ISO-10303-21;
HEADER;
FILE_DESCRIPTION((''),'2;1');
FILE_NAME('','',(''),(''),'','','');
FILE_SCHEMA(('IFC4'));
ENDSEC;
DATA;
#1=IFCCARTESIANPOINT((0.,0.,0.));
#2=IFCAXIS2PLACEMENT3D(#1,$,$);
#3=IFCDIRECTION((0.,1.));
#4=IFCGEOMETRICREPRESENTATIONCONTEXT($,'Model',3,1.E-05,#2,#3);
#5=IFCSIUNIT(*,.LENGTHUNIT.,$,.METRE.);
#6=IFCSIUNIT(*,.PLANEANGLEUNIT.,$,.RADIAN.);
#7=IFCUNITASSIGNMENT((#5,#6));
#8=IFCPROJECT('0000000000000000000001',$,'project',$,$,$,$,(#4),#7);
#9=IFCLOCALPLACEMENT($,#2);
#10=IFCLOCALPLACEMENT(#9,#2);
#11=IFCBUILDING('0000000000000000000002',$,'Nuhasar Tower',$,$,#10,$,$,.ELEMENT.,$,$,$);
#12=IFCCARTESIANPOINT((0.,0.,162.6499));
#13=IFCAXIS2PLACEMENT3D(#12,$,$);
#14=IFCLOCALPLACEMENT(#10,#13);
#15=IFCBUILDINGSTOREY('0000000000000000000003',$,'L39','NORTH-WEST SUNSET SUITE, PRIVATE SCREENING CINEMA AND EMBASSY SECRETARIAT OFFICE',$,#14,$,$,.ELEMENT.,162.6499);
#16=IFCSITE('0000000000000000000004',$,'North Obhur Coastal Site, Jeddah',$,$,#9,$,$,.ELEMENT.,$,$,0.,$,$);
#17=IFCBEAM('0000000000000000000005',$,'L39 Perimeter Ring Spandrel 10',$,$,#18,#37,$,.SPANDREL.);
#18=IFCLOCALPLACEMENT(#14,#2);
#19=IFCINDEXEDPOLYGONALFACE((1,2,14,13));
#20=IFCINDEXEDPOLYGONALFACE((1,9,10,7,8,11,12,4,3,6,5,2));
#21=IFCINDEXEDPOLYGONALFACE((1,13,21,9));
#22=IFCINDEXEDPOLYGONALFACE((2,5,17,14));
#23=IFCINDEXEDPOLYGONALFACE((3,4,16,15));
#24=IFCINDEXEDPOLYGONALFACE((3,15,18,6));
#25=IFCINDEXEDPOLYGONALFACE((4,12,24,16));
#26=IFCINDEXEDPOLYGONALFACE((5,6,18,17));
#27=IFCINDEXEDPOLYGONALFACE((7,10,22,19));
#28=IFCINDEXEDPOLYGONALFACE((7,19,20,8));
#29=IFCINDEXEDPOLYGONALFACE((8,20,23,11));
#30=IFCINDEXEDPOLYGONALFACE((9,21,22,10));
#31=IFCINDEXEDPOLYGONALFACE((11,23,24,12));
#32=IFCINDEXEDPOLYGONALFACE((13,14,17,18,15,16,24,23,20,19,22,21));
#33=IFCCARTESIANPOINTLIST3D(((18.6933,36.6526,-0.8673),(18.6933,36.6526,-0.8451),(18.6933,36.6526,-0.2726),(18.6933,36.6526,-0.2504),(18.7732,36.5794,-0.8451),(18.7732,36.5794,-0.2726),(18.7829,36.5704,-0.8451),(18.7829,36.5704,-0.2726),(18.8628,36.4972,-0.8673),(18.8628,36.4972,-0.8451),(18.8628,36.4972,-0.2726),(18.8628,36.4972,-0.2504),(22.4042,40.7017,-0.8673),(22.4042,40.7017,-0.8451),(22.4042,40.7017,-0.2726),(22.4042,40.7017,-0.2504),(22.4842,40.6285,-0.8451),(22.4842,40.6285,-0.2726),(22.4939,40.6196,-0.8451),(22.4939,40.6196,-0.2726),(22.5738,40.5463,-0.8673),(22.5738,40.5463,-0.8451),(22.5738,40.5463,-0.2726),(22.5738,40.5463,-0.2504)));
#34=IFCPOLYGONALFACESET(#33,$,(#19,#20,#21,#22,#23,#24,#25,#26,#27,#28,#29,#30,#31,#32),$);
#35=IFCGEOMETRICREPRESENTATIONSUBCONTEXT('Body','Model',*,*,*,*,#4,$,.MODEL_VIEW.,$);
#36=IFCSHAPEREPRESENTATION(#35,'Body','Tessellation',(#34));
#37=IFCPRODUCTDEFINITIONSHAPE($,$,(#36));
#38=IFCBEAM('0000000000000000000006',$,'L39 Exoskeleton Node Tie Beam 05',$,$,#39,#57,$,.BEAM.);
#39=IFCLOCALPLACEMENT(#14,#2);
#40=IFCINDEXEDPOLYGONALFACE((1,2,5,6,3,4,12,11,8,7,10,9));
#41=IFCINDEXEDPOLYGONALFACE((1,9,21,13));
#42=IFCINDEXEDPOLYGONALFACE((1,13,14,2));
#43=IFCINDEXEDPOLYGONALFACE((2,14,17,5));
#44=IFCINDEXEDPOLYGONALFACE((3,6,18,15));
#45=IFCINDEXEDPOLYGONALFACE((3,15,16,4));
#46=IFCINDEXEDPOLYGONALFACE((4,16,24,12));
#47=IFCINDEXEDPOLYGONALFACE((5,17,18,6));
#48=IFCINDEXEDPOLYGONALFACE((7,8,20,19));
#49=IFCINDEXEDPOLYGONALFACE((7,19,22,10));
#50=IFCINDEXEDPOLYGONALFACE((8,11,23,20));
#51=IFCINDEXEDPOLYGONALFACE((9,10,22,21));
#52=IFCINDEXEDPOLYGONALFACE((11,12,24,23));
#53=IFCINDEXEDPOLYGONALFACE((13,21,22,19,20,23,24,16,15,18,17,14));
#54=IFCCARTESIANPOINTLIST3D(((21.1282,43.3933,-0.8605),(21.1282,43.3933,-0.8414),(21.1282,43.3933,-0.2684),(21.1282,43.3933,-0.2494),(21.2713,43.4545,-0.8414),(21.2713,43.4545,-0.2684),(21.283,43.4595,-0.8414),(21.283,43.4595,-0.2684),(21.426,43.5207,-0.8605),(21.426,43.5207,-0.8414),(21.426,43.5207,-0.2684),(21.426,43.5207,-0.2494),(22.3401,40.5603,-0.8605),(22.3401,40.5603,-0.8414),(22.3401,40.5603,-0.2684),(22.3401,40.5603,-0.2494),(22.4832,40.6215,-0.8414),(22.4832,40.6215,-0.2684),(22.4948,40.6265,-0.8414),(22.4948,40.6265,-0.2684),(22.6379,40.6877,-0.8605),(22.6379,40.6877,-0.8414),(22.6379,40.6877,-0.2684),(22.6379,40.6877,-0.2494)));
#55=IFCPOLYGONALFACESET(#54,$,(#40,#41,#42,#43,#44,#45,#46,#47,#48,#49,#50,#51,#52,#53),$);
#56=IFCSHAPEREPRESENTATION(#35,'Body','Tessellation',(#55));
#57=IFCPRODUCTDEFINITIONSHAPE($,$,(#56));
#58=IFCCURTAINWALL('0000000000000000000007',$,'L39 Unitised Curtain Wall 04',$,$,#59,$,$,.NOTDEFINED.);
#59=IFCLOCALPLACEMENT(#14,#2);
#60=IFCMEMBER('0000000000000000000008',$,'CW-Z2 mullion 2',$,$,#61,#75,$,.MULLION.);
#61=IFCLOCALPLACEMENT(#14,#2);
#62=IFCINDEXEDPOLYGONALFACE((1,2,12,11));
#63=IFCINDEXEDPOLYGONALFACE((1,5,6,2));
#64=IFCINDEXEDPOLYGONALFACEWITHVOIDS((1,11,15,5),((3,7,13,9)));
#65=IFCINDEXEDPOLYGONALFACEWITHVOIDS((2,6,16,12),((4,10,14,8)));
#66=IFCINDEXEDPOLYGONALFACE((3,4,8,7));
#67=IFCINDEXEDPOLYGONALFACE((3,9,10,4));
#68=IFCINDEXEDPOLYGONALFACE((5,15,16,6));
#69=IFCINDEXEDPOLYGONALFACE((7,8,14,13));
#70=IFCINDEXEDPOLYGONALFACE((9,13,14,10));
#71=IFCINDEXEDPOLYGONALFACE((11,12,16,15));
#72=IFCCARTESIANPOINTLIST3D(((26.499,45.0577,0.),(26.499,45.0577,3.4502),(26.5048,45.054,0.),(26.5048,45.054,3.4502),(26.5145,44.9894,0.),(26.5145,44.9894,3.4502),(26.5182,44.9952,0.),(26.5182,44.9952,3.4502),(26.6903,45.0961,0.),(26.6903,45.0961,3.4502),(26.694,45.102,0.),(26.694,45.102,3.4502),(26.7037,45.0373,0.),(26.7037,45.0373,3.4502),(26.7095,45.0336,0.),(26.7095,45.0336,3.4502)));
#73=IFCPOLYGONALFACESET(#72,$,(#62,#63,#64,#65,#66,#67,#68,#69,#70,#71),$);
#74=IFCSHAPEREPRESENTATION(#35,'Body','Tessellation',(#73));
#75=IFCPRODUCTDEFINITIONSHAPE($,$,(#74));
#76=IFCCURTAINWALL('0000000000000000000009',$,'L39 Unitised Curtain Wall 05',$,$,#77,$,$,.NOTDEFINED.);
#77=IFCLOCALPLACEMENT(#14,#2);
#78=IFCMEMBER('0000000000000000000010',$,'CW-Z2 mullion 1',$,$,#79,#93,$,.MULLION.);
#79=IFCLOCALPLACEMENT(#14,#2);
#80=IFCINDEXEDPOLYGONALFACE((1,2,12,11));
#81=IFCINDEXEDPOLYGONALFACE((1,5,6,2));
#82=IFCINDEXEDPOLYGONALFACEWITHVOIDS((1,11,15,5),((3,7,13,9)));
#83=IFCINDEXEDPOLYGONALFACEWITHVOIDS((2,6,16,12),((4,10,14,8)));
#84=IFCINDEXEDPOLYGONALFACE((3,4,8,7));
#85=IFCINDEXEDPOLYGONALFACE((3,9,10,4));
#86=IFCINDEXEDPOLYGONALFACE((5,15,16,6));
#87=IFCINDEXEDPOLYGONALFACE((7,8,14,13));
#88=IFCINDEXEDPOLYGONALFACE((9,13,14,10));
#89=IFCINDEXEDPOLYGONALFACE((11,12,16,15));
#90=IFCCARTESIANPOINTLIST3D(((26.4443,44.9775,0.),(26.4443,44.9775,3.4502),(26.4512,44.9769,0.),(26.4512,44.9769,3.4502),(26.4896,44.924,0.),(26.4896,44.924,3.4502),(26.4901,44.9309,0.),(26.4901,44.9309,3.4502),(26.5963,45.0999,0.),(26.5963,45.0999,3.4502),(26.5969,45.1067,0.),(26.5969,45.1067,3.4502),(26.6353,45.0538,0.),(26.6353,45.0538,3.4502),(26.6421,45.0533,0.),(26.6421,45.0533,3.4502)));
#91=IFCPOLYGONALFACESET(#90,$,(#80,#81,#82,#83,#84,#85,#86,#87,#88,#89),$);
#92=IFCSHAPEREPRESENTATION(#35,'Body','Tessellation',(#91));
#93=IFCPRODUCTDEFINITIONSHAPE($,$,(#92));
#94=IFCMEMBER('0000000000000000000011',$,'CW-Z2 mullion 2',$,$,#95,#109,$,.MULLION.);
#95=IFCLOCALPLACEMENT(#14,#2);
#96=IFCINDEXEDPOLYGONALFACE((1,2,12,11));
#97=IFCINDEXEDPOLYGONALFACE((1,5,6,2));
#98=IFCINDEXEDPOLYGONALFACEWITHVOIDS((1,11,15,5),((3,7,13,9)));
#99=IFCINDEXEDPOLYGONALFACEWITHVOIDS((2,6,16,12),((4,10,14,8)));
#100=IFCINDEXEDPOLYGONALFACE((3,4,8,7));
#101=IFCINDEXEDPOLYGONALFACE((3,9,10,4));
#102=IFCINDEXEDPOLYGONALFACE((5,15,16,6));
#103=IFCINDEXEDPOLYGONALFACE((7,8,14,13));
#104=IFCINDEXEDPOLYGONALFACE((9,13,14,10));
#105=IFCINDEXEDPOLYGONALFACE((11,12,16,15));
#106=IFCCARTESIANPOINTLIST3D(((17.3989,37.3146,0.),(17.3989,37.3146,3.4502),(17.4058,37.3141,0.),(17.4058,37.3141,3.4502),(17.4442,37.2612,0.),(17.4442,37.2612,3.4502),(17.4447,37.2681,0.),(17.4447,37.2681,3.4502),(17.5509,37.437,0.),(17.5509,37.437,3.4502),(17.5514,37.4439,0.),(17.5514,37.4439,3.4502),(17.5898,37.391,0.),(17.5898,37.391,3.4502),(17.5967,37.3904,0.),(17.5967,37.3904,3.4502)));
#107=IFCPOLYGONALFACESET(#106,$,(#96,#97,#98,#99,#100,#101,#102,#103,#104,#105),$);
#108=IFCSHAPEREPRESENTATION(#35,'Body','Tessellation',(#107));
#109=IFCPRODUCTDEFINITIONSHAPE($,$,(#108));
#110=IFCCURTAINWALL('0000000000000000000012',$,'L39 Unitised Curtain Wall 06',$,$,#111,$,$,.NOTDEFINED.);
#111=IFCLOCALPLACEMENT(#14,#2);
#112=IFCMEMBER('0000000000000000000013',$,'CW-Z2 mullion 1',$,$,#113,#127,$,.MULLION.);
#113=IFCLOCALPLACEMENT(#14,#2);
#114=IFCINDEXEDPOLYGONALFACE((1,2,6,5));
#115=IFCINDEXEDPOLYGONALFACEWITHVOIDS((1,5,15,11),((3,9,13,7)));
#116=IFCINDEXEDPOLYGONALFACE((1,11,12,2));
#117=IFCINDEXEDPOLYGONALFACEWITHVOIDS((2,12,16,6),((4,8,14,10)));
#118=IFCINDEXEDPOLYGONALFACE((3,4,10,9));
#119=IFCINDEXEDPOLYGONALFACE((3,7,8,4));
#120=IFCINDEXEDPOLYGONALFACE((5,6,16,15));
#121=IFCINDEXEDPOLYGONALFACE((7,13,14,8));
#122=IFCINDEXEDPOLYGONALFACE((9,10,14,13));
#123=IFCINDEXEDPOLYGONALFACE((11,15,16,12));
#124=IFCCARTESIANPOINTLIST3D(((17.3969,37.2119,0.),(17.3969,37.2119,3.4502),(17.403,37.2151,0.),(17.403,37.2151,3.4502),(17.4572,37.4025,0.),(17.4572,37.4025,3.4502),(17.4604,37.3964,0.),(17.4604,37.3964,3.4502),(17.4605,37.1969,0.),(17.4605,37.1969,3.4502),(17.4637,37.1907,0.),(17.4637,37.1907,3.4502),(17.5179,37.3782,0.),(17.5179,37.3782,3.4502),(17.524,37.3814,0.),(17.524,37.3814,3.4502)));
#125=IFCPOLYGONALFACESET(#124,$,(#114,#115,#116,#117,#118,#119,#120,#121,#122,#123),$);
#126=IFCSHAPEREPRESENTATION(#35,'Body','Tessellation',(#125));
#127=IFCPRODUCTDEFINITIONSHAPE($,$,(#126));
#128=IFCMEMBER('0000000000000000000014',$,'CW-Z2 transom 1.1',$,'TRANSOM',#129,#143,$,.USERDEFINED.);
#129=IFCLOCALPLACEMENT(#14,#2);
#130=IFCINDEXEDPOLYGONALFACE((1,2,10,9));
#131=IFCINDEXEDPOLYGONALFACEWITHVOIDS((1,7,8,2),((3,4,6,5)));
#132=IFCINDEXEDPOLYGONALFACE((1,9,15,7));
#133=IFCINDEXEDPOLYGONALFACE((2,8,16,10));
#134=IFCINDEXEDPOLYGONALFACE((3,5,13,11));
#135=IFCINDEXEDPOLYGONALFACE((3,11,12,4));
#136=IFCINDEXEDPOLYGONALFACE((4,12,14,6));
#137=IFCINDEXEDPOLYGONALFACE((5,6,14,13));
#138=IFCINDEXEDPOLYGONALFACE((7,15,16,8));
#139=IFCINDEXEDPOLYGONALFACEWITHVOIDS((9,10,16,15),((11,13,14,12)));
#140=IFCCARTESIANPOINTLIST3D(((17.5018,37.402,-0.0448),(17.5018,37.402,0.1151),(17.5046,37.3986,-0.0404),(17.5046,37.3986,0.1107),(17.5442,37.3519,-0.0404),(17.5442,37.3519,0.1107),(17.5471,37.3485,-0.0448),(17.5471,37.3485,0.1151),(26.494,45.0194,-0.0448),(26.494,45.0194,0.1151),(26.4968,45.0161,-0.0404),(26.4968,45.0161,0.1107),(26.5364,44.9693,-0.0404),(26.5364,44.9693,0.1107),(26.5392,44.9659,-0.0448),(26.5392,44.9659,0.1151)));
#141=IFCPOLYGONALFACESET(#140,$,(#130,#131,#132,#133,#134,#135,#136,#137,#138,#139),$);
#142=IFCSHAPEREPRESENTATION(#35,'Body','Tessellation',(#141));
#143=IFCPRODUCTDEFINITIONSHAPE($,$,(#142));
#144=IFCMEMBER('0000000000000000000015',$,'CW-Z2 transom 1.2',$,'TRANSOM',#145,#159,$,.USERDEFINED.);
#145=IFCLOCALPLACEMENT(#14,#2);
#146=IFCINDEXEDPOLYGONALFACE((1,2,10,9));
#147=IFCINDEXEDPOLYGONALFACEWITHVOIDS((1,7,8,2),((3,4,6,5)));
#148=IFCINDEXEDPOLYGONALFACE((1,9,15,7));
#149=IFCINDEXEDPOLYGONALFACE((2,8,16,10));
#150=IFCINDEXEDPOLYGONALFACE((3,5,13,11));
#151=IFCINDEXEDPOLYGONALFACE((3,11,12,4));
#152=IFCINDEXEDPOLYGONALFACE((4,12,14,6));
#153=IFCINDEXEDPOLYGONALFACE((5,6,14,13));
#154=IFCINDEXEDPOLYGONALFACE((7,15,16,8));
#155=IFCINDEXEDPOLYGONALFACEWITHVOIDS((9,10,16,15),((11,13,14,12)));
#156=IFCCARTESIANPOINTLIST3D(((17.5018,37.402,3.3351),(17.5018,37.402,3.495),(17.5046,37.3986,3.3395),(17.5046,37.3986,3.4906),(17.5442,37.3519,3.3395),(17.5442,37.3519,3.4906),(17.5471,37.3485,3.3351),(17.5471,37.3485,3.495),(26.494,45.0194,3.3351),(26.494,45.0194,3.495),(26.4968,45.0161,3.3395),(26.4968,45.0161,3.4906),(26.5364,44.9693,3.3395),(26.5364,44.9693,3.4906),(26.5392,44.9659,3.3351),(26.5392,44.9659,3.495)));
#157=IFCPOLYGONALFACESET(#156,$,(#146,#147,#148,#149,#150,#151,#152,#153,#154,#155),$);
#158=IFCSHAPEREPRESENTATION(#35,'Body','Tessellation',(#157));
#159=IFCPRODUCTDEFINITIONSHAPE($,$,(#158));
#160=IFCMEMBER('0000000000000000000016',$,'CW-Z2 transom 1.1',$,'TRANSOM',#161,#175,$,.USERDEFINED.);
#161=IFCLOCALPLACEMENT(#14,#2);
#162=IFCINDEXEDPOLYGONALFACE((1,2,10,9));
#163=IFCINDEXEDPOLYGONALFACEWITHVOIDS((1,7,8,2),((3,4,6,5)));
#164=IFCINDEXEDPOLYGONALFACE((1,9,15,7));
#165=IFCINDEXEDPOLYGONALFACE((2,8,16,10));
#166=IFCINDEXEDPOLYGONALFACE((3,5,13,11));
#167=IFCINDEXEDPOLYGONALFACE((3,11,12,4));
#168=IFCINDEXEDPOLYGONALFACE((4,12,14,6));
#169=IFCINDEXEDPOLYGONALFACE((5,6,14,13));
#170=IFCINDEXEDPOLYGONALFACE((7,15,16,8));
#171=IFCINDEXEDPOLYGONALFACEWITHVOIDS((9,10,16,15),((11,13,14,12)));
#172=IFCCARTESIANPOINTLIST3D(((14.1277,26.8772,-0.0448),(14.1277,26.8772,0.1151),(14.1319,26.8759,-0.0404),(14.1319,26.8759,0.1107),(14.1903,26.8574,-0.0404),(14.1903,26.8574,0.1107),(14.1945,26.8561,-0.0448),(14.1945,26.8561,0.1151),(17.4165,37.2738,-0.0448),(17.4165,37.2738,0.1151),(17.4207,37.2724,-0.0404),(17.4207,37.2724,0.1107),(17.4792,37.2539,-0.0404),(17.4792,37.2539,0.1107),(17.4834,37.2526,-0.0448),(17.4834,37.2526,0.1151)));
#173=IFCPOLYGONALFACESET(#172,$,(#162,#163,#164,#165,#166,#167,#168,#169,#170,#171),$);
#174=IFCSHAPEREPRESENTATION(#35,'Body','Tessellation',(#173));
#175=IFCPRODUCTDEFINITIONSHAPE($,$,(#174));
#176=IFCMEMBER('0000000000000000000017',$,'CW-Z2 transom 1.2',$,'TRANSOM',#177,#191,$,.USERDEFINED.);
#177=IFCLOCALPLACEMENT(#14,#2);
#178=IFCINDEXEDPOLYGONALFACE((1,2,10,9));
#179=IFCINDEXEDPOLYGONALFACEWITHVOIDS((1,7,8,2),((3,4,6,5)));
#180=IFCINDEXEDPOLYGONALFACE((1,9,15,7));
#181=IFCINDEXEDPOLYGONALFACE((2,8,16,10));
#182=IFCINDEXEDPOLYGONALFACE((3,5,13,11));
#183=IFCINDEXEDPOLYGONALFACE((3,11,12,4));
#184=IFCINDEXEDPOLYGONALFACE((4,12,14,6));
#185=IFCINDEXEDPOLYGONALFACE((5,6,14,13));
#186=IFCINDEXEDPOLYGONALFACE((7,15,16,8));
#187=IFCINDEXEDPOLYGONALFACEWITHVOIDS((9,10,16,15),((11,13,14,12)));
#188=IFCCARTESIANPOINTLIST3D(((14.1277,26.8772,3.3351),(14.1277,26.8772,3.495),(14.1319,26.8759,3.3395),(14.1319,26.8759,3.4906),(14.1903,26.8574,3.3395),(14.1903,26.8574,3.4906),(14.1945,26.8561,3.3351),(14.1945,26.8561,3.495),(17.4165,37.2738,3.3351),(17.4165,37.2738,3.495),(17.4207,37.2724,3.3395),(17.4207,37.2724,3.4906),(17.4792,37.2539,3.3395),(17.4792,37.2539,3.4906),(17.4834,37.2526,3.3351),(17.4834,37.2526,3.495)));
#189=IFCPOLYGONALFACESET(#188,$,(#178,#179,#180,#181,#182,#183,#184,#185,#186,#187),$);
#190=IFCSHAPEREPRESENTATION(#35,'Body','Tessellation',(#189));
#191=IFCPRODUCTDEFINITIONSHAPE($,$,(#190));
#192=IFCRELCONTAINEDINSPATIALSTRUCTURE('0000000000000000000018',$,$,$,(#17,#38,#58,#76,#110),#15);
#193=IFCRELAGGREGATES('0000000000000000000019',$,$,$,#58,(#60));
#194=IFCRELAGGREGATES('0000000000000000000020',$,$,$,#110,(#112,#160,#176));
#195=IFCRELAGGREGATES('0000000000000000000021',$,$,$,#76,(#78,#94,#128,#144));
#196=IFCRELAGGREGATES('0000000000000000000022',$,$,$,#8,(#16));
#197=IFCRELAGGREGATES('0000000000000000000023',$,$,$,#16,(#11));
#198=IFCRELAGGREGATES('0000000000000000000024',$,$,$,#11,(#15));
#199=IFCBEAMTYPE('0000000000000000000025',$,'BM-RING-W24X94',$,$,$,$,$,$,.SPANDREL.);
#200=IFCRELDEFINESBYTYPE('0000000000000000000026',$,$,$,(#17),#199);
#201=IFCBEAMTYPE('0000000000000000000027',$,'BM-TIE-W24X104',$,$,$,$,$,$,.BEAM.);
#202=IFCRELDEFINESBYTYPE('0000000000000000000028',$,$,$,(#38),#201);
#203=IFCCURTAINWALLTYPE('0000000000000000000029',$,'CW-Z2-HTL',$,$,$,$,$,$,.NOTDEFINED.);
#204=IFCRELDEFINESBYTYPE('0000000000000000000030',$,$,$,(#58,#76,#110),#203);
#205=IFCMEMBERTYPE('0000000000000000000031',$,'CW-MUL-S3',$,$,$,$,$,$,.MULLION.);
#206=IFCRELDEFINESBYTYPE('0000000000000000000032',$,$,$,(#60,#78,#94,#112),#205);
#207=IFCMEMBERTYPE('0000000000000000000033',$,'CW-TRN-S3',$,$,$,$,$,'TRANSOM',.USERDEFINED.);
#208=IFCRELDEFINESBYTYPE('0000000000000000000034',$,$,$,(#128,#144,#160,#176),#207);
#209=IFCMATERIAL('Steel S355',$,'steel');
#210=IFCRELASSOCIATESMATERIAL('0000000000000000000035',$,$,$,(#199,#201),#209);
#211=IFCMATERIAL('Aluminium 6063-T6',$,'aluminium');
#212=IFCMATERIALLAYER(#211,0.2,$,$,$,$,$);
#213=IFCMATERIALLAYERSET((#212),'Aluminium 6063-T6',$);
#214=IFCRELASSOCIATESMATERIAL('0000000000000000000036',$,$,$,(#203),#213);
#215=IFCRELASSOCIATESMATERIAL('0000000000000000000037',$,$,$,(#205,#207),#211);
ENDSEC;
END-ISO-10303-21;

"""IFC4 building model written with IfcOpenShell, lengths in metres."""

from ifc_helpers import new_model, si_unit, direction, frame, origin, origin_2d, place, context, subcontext, project, spatial, hollow_rectangle, i_section, extrude, material, layer, layer_set, material_profile, profile_set, type_object, element, aggregate, save


model = new_model("IFC4")

# Units and contexts
model_context = context("Model", 3, precision=1e-05, world=origin(), true_north=direction((0.0, 1.0)))
body_context = subcontext(model_context, "Body", "Model", "MODEL_VIEW")
ifc_project = project(units=[si_unit("LENGTHUNIT", "METRE"), si_unit("PLANEANGLEUNIT", "RADIAN")], contexts=[model_context])

# Site, building, storey
site_placement = place(None, origin())
site = spatial("IfcSite", under=ifc_project, at=site_placement, Name="North Obhur Coastal Site, Jeddah", CompositionType="ELEMENT", RefElevation=0.0)
building_placement = place(site_placement, origin())
building = spatial("IfcBuilding", under=site, at=building_placement, Name="Nuhasar Tower", CompositionType="ELEMENT")
storey_placement = place(building_placement, frame((0.0, 0.0, 162.6499)))
storey = spatial("IfcBuildingStorey", under=building, at=storey_placement, Name="L39", Description="NORTH-WEST SUNSET SUITE, PRIVATE SCREENING CINEMA AND EMBASSY SECRETARIAT OFFICE", CompositionType="ELEMENT", Elevation=162.6499)

# Beams
ifc_material_1 = material(Name="Steel S355", Category="steel")
ifc_material_profile_1 = material_profile(ifc_material_1, i_section(OverallWidth=0.23, OverallDepth=0.6169, WebThickness=0.0132, FlangeThickness=0.0222, at=origin_2d()), Name="W24X94")
ifc_profile_set_1 = profile_set([ifc_material_profile_1], Name="Steel S355")
beam_type_1 = type_object("IfcBeamType", Name="BM-RING-W24X94", PredefinedType="SPANDREL", material=ifc_profile_set_1)
beam_1_placement = place(storey_placement, frame((22.489, 40.624, -0.5588), z_axis=(-0.675654, -0.737219, 0.0), x_axis=(0.737219, -0.675654, 0.0)))
element("IfcBeam", 1, at=beam_1_placement, inside=storey, type_object=beam_type_1, Name="L39 Perimeter Ring Spandrel 10", PredefinedType="SPANDREL", context=body_context, shape_type="SweptSolid", body=[
    extrude(i_section(OverallWidth=0.23, OverallDepth=0.6169, WebThickness=0.0132, FlangeThickness=0.0222, at=origin_2d()), origin(), (0.0, 0.0, 1.0), 5.4924),
])
ifc_material_profile_2 = material_profile(ifc_material_1, i_section(OverallWidth=0.324, OverallDepth=0.6111, WebThickness=0.0127, FlangeThickness=0.019, at=origin_2d()), Name="W24X104")
ifc_profile_set_2 = profile_set([ifc_material_profile_2], Name="Steel S355")
beam_type_2 = type_object("IfcBeamType", Name="BM-TIE-W24X104", PredefinedType="BEAM", material=ifc_profile_set_2)
beam_2_placement = place(storey_placement, frame((22.489, 40.624, -0.5549), z_axis=(-0.393307, 0.919407, 0.0), x_axis=(-0.919407, -0.393307, 0.0)))
element("IfcBeam", 2, at=beam_2_placement, inside=storey, type_object=beam_type_2, Name="L39 Exoskeleton Node Tie Beam 05", PredefinedType="BEAM", context=body_context, shape_type="SweptSolid", body=[
    extrude(i_section(OverallWidth=0.324, OverallDepth=0.6111, WebThickness=0.0127, FlangeThickness=0.019, at=origin_2d()), origin(), (0.0, 0.0, 1.0), 3.0813),
])

# Curtain wall, member
ifc_material_2 = material(Name="Aluminium 6063-T6", Category="aluminium")
ifc_layer_1 = layer(ifc_material_2, 0.2)
ifc_layer_set_1 = layer_set([ifc_layer_1], Name="Aluminium 6063-T6")
curtain_wall_type = type_object("IfcCurtainWallType", Name="CW-Z2-HTL", PredefinedType="NOTDEFINED", material=ifc_layer_set_1)
curtain_wall_1_placement = place(storey_placement, origin())
curtain_wall_1 = element("IfcCurtainWall", 3, at=curtain_wall_1_placement, inside=storey, type_object=curtain_wall_type, Name="L39 Unitised Curtain Wall 04", PredefinedType="NOTDEFINED")
ifc_material_profile_3 = material_profile(ifc_material_2, hollow_rectangle(XDim=0.0701, YDim=0.2, WallThickness=0.0049, at=origin_2d()), Name="CWM-3")
ifc_profile_set_3 = profile_set([ifc_material_profile_3], Name="Aluminium 6063-T6")
member_type_1 = type_object("IfcMemberType", Name="CW-MUL-S3", PredefinedType="MULLION", material=ifc_profile_set_3)
member_1_placement = place(storey_placement, frame((26.6042, 45.0457, 0.0), z_axis=(0.0, 0.0, 1.0), x_axis=(0.221397, -0.975184, 0.0)))
member_1 = element("IfcMember", 4, at=member_1_placement, type_object=member_type_1, Name="CW-Z2 mullion 2", PredefinedType="MULLION", context=body_context, shape_type="SweptSolid", body=[
    extrude(hollow_rectangle(XDim=0.0701, YDim=0.2, WallThickness=0.0049, at=origin_2d()), origin(), (0.0, 0.0, 1.0), 3.4502),
])
aggregate(curtain_wall_1, [member_1])

# Curtain wall, members
curtain_wall_2_placement = place(storey_placement, origin())
curtain_wall_2 = element("IfcCurtainWall", 5, at=curtain_wall_2_placement, inside=storey, type_object=curtain_wall_type, Name="L39 Unitised Curtain Wall 05", PredefinedType="NOTDEFINED")
member_2_placement = place(storey_placement, frame((26.5432, 45.0154, 0.0), z_axis=(0.0, 0.0, 1.0), x_axis=(0.646374, -0.76302, 0.0)))
member_2 = element("IfcMember", 6, at=member_2_placement, type_object=member_type_1, Name="CW-Z2 mullion 1", PredefinedType="MULLION", context=body_context, shape_type="SweptSolid", body=[
    extrude(hollow_rectangle(XDim=0.0701, YDim=0.2, WallThickness=0.0049, at=origin_2d()), origin(), (0.0, 0.0, 1.0), 3.4502),
])
member_3_placement = place(storey_placement, frame((17.4978, 37.3525, 0.0), z_axis=(0.0, 0.0, 1.0), x_axis=(0.646374, -0.76302, 0.0)))
member_3 = element("IfcMember", 7, at=member_3_placement, type_object=member_type_1, Name="CW-Z2 mullion 2", PredefinedType="MULLION", context=body_context, shape_type="SweptSolid", body=[
    extrude(hollow_rectangle(XDim=0.0701, YDim=0.2, WallThickness=0.0049, at=origin_2d()), origin(), (0.0, 0.0, 1.0), 3.4502),
])

# Curtain wall, member
curtain_wall_3_placement = place(storey_placement, origin())
curtain_wall_3 = element("IfcCurtainWall", 8, at=curtain_wall_3_placement, inside=storey, type_object=curtain_wall_type, Name="L39 Unitised Curtain Wall 06", PredefinedType="NOTDEFINED")
member_4_placement = place(storey_placement, frame((17.4604, 37.2966, 0.0), z_axis=(0.0, 0.0, 1.0), x_axis=(0.953433, -0.301604, 0.0)))
member_4 = element("IfcMember", 9, at=member_4_placement, type_object=member_type_1, Name="CW-Z2 mullion 1", PredefinedType="MULLION", context=body_context, shape_type="SweptSolid", body=[
    extrude(hollow_rectangle(XDim=0.0701, YDim=0.2, WallThickness=0.0049, at=origin_2d()), origin(), (0.0, 0.0, 1.0), 3.4502),
])

# Members
ifc_material_profile_4 = material_profile(ifc_material_2, hollow_rectangle(XDim=0.0701, YDim=0.1599, WallThickness=0.0044, at=origin_2d()), Name="CWT-3")
ifc_profile_set_4 = profile_set([ifc_material_profile_4], Name="Aluminium 6063-T6")
member_type_2 = type_object("IfcMemberType", Name="CW-TRN-S3", ElementType="TRANSOM", PredefinedType="USERDEFINED", material=ifc_profile_set_4)
member_5_placement = place(storey_placement, frame((26.5166, 44.9927, 0.0352), z_axis=(-0.763024, -0.64637, 0.0), x_axis=(0.64637, -0.763024, 0.0)))
member_5 = element("IfcMember", 10, at=member_5_placement, type_object=member_type_2, Name="CW-Z2 transom 1.1", ObjectType="TRANSOM", PredefinedType="USERDEFINED", context=body_context, shape_type="SweptSolid", body=[
    extrude(hollow_rectangle(XDim=0.0701, YDim=0.1599, WallThickness=0.0044, at=origin_2d()), origin(), (0.0, 0.0, 1.0), 11.7849),
])
member_6_placement = place(storey_placement, frame((26.5166, 44.9927, 3.415), z_axis=(-0.763024, -0.64637, 0.0), x_axis=(0.64637, -0.763024, 0.0)))
member_6 = element("IfcMember", 11, at=member_6_placement, type_object=member_type_2, Name="CW-Z2 transom 1.2", ObjectType="TRANSOM", PredefinedType="USERDEFINED", context=body_context, shape_type="SweptSolid", body=[
    extrude(hollow_rectangle(XDim=0.0701, YDim=0.1599, WallThickness=0.0044, at=origin_2d()), origin(), (0.0, 0.0, 1.0), 11.7849),
])
member_7_placement = place(storey_placement, frame((17.45, 37.2632, 0.0352), z_axis=(-0.301608, -0.953432, 0.0), x_axis=(0.953432, -0.301608, 0.0)))
member_7 = element("IfcMember", 12, at=member_7_placement, type_object=member_type_2, Name="CW-Z2 transom 1.1", ObjectType="TRANSOM", PredefinedType="USERDEFINED", context=body_context, shape_type="SweptSolid", body=[
    extrude(hollow_rectangle(XDim=0.0701, YDim=0.1599, WallThickness=0.0044, at=origin_2d()), origin(), (0.0, 0.0, 1.0), 10.9043),
])
member_8_placement = place(storey_placement, frame((17.45, 37.2632, 3.415), z_axis=(-0.301608, -0.953432, 0.0), x_axis=(0.953432, -0.301608, 0.0)))
member_8 = element("IfcMember", 13, at=member_8_placement, type_object=member_type_2, Name="CW-Z2 transom 1.2", ObjectType="TRANSOM", PredefinedType="USERDEFINED", context=body_context, shape_type="SweptSolid", body=[
    extrude(hollow_rectangle(XDim=0.0701, YDim=0.1599, WallThickness=0.0044, at=origin_2d()), origin(), (0.0, 0.0, 1.0), 10.9043),
])
aggregate(curtain_wall_3, [member_4, member_7, member_8])

aggregate(curtain_wall_2, [member_2, member_3, member_5, member_6])

save(model, "model.ifc")
